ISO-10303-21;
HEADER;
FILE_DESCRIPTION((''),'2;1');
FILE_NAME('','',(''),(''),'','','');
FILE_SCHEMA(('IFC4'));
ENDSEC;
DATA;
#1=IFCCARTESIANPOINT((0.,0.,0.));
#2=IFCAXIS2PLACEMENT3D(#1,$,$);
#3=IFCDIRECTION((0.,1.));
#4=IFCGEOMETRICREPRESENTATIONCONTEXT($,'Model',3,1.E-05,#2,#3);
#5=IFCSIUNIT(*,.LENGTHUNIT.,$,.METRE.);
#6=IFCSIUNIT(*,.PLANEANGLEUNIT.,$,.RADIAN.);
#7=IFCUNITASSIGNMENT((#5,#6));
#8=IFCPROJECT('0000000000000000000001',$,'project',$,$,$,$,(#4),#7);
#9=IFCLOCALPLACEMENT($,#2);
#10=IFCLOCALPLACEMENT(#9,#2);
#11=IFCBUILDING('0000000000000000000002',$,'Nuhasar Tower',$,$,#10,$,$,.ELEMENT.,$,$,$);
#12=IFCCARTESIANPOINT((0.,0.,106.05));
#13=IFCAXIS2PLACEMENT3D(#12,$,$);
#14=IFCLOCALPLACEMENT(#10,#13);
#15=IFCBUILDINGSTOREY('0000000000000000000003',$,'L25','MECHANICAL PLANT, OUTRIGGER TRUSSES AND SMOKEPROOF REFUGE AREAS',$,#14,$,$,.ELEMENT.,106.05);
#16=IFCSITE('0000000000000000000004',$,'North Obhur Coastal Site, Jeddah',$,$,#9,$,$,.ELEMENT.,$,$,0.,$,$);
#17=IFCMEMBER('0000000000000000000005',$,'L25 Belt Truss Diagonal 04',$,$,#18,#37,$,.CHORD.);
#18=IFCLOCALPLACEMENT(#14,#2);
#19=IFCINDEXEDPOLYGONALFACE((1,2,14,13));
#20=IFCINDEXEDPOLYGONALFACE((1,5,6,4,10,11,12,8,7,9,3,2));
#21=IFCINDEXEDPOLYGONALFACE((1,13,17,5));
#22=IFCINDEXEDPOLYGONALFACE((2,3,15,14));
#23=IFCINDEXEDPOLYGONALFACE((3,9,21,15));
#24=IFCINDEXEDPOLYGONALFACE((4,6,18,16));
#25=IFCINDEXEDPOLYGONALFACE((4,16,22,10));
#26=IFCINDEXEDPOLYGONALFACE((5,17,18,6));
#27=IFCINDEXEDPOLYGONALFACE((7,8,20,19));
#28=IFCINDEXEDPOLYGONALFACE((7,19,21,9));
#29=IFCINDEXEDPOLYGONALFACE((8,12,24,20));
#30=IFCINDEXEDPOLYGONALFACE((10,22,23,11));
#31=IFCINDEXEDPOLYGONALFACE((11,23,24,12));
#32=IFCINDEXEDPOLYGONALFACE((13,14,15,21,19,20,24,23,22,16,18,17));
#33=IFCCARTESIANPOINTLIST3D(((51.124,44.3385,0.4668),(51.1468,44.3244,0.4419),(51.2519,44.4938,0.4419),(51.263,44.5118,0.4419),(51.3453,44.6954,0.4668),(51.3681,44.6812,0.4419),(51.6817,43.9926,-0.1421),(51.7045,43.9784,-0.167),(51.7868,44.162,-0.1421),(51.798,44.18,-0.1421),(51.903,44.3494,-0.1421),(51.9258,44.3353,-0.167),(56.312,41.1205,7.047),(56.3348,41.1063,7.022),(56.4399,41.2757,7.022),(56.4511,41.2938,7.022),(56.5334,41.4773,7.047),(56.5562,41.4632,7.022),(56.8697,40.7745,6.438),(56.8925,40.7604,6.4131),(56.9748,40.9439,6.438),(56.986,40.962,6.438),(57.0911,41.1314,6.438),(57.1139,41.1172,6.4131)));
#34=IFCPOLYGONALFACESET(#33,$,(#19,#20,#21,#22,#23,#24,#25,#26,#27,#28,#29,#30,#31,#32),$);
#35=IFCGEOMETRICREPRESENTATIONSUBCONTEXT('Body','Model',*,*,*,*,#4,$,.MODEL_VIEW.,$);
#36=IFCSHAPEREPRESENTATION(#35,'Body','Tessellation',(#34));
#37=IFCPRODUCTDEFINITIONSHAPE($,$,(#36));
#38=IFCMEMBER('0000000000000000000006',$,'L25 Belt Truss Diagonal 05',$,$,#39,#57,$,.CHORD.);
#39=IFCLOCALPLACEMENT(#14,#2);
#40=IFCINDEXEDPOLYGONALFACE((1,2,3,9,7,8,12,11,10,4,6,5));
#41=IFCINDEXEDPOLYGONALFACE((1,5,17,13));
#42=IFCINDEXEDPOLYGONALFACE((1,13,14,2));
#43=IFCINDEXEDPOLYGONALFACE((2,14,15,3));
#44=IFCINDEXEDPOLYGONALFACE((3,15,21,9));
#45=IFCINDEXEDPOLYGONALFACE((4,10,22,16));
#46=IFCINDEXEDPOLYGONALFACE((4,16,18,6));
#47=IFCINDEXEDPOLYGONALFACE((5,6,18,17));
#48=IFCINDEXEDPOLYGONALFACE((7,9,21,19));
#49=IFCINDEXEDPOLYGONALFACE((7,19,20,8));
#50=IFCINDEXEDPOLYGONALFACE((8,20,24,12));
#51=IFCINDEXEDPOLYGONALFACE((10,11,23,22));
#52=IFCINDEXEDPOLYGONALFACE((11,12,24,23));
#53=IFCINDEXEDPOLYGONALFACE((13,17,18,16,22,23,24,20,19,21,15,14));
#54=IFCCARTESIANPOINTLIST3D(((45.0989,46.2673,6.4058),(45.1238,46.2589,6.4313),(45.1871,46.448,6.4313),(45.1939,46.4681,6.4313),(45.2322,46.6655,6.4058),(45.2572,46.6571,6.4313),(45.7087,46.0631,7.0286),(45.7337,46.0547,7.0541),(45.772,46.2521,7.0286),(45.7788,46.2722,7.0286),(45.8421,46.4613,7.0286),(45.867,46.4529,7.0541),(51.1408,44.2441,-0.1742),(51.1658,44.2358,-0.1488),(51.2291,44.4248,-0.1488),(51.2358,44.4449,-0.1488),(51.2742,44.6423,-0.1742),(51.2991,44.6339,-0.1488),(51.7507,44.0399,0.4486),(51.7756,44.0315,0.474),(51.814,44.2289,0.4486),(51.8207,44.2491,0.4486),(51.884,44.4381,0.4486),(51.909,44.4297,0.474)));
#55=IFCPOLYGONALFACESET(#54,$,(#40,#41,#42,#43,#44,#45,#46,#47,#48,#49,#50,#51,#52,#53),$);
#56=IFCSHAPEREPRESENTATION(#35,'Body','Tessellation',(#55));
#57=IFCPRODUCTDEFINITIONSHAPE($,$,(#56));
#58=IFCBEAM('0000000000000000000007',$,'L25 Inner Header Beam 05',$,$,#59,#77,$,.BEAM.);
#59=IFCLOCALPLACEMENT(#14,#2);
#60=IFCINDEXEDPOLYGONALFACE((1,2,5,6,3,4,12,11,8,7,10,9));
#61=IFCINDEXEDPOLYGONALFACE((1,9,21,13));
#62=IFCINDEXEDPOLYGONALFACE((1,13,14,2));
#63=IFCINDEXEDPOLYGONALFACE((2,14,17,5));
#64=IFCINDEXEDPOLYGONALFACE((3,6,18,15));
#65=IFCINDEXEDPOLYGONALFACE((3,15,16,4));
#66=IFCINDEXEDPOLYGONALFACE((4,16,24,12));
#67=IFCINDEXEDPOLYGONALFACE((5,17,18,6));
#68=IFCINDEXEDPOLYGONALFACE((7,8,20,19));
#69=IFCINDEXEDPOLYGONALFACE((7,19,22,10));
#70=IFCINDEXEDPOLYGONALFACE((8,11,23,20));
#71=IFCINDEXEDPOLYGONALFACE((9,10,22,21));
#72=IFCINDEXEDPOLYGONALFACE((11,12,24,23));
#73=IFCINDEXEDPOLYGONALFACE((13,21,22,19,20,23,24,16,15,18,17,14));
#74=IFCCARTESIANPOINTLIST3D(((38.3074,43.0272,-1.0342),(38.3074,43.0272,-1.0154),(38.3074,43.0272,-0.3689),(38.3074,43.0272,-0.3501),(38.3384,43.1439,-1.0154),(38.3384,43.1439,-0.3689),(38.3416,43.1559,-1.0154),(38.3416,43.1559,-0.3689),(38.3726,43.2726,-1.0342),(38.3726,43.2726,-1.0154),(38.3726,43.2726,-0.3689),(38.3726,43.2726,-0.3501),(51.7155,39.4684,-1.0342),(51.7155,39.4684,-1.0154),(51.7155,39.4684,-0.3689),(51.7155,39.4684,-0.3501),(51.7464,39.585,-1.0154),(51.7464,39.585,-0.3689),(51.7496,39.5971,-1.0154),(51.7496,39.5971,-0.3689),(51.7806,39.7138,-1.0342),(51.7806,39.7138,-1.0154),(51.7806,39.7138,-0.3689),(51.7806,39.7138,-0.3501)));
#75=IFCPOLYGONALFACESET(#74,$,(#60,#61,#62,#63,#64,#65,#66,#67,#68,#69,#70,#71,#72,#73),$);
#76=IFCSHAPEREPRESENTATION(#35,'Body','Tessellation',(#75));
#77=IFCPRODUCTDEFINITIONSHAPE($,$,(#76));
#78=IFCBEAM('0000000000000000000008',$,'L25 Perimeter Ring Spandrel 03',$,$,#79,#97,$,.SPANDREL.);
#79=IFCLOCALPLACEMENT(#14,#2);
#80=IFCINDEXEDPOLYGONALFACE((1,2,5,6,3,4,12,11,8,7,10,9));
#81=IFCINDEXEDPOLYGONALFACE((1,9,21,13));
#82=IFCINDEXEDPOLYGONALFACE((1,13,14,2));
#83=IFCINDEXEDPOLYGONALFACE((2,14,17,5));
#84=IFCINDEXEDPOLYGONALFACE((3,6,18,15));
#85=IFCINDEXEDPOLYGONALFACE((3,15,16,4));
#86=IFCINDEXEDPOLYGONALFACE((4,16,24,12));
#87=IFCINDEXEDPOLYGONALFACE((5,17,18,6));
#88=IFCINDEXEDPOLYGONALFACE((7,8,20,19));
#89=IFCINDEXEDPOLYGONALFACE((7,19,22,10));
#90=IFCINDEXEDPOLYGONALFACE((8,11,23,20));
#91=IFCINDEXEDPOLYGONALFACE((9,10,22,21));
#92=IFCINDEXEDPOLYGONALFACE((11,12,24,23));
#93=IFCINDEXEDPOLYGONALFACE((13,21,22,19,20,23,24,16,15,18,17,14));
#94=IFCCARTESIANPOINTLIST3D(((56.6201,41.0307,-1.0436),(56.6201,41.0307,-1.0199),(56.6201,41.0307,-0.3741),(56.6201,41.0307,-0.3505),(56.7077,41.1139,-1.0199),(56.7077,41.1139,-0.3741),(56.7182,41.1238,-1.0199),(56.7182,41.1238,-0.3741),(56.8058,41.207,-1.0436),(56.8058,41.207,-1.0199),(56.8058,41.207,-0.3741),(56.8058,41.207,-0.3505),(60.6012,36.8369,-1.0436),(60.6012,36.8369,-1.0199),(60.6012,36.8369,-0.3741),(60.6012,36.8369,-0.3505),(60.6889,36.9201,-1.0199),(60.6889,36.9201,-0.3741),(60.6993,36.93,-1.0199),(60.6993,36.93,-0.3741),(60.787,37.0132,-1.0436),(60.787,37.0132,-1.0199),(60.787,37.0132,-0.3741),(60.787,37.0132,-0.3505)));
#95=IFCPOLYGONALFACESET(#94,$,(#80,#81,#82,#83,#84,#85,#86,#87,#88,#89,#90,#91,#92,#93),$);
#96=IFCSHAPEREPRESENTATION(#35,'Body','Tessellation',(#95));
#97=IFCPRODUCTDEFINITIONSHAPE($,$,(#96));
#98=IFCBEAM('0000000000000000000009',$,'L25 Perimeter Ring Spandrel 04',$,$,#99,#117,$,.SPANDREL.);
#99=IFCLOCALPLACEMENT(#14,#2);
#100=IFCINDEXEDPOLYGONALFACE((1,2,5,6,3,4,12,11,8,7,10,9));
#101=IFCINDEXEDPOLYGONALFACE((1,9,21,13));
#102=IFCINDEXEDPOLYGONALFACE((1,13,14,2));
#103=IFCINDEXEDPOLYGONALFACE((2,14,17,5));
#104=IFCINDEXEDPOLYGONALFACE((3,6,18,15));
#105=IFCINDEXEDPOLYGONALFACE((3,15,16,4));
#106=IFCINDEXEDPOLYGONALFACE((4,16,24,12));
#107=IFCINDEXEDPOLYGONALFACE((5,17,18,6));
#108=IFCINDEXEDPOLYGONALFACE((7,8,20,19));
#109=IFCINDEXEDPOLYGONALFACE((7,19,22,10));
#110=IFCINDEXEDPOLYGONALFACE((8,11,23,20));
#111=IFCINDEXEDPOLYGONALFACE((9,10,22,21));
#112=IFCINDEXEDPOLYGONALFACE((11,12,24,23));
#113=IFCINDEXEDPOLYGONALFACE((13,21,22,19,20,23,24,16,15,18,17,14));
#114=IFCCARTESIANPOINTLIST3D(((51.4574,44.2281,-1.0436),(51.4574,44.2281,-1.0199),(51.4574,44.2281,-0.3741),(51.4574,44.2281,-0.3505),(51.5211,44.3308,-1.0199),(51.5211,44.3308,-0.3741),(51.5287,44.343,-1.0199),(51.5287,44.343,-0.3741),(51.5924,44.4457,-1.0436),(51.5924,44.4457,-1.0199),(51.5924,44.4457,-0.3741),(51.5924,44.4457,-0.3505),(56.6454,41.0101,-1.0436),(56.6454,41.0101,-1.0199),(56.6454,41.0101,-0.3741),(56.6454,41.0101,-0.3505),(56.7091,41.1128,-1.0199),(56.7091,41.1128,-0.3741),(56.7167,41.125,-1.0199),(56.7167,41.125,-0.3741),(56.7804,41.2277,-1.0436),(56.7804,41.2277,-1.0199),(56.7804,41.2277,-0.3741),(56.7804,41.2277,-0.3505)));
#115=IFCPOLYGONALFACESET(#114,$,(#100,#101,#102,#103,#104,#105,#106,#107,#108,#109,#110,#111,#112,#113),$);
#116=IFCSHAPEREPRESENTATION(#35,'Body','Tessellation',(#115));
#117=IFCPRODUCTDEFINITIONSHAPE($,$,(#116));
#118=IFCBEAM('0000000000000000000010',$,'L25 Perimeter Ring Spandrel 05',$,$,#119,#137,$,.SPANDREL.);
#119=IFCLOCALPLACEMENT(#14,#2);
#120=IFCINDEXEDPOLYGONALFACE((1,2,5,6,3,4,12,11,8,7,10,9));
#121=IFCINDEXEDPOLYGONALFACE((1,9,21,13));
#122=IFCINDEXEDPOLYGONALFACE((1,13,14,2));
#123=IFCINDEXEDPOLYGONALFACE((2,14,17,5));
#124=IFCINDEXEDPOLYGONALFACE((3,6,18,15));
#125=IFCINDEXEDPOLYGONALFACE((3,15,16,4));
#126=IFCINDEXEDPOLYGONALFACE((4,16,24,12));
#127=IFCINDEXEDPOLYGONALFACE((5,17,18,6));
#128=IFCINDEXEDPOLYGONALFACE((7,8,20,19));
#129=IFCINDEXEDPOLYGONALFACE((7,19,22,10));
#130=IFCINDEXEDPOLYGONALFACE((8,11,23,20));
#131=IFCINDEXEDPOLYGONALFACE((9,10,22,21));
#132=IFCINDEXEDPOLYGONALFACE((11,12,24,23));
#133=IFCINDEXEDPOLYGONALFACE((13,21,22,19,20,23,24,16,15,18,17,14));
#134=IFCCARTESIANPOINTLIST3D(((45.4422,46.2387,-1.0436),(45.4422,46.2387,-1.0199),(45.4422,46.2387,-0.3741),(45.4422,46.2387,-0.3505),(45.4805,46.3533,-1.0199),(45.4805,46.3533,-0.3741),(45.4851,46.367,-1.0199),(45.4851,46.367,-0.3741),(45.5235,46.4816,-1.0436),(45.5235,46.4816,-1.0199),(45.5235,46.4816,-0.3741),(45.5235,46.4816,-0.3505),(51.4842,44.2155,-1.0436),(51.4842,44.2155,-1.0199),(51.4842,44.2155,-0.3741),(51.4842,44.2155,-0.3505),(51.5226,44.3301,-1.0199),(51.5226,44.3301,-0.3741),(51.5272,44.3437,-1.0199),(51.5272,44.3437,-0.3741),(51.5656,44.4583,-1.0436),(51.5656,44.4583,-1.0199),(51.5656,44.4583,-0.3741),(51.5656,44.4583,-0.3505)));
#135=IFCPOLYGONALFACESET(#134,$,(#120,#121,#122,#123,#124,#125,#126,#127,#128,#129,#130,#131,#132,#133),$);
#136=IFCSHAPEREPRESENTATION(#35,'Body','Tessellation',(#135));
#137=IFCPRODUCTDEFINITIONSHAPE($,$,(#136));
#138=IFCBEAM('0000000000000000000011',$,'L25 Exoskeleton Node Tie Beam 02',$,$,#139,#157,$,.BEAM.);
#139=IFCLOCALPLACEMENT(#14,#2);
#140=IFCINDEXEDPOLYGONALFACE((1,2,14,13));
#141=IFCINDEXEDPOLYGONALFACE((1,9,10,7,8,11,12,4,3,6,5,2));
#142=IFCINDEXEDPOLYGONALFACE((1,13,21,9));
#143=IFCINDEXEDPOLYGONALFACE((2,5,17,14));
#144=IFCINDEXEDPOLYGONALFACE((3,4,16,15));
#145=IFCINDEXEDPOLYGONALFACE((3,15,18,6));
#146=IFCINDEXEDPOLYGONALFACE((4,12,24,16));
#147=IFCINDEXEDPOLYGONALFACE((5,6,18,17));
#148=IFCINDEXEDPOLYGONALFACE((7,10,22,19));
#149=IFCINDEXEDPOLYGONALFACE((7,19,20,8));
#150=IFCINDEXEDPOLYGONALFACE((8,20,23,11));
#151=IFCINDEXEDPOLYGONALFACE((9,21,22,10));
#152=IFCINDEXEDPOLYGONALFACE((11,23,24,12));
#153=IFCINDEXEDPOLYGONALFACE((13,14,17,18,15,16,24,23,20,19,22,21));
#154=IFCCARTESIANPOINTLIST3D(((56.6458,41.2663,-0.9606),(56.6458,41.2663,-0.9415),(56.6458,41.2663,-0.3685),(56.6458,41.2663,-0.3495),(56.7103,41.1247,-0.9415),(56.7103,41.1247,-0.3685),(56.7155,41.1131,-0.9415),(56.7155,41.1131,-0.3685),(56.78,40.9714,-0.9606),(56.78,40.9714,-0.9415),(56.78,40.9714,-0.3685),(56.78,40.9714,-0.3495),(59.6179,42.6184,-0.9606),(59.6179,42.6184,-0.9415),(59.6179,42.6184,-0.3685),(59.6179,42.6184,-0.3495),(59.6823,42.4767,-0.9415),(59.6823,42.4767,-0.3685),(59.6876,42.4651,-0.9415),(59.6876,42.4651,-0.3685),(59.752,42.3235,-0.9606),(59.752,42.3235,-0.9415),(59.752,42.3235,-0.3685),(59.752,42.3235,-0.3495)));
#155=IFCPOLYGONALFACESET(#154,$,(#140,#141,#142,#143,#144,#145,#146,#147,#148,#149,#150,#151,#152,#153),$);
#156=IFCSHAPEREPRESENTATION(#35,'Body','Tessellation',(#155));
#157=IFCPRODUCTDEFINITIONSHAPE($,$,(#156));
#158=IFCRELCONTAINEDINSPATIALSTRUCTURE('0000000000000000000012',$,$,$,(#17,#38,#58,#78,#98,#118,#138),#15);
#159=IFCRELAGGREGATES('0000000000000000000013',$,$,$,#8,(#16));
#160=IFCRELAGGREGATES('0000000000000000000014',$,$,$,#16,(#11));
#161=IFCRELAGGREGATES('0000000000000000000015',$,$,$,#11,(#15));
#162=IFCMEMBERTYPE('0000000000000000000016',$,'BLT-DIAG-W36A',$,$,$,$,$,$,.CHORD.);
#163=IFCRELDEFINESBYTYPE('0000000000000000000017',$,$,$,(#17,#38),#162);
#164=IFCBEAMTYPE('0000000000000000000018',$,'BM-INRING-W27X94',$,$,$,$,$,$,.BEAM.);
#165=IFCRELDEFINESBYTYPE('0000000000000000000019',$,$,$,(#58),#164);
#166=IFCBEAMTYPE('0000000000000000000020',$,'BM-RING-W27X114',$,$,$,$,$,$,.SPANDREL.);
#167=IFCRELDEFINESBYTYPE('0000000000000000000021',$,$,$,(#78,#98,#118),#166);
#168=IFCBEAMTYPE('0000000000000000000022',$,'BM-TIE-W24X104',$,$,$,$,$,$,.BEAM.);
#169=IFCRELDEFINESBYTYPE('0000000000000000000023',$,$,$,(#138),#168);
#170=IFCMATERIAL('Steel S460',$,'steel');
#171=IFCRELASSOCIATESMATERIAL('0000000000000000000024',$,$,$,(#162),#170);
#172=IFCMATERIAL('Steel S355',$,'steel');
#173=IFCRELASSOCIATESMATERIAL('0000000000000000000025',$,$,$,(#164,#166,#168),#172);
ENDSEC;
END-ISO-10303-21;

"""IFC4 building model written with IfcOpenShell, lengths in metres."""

from ifc_helpers import new_model, si_unit, direction, frame, origin, origin_2d, place, context, subcontext, project, spatial, i_section, extrude, material, material_profile, profile_set, type_object, element, save


model = new_model("IFC4")

# Units and contexts
model_context = context("Model", 3, precision=1e-05, world=origin(), true_north=direction((0.0, 1.0)))
body_context = subcontext(model_context, "Body", "Model", "MODEL_VIEW")
ifc_project = project(units=[si_unit("LENGTHUNIT", "METRE"), si_unit("PLANEANGLEUNIT", "RADIAN")], contexts=[model_context])

# Site, building, storey
site_placement = place(None, origin())
site = spatial("IfcSite", under=ifc_project, at=site_placement, Name="North Obhur Coastal Site, Jeddah", CompositionType="ELEMENT", RefElevation=0.0)
building_placement = place(site_placement, origin())
building = spatial("IfcBuilding", under=site, at=building_placement, Name="Nuhasar Tower", CompositionType="ELEMENT")
storey_placement = place(building_placement, frame((0.0, 0.0, 106.05)))
storey = spatial("IfcBuildingStorey", under=building, at=storey_placement, Name="L25", Description="MECHANICAL PLANT, OUTRIGGER TRUSSES AND SMOKEPROOF REFUGE AREAS", CompositionType="ELEMENT", Elevation=106.05)

# Members
ifc_material_1 = material(Name="Steel S460", Category="steel")
ifc_material_profile_1 = material_profile(ifc_material_1, i_section(OverallWidth=0.4199, OverallDepth=0.9319, WebThickness=0.0212, FlangeThickness=0.0366, at=origin_2d()), Name="W36X262")
ifc_profile_set_1 = profile_set([ifc_material_profile_1], Name="Steel S460")
member_type_1 = type_object("IfcMemberType", Name="BLT-DIAG-W36A", PredefinedType="CHORD", material=ifc_profile_set_1)
member_1_placement = place(storey_placement, frame((51.5249, 44.3369, 0.1499), z_axis=(0.577985, -0.358514, 0.733076), x_axis=(0.527113, 0.849795, 0.0)))
element("IfcMember", 1, at=member_1_placement, inside=storey, type_object=member_type_1, Name="L25 Belt Truss Diagonal 04", PredefinedType="CHORD", context=body_context, shape_type="SweptSolid", body=[
    extrude(i_section(OverallWidth=0.4199, OverallDepth=0.9319, WebThickness=0.0212, FlangeThickness=0.0366, at=origin_2d()), origin(), (0.0, 0.0, 1.0), 8.9761),
])
member_2_placement = place(storey_placement, frame((51.5249, 44.3369, 0.1499), z_axis=(-0.659642, 0.220885, 0.718388), x_axis=(-0.317526, -0.948249, 0.0)))
element("IfcMember", 2, at=member_2_placement, inside=storey, type_object=member_type_1, Name="L25 Belt Truss Diagonal 05", PredefinedType="CHORD", context=body_context, shape_type="SweptSolid", body=[
    extrude(i_section(OverallWidth=0.4199, OverallDepth=0.9319, WebThickness=0.0212, FlangeThickness=0.0366, at=origin_2d()), origin(), (0.0, 0.0, 1.0), 9.1594),
])

# Beams
ifc_material_2 = material(Name="Steel S355", Category="steel")
ifc_material_profile_2 = material_profile(ifc_material_2, i_section(OverallWidth=0.2539, OverallDepth=0.6841, WebThickness=0.0125, FlangeThickness=0.0188, at=origin_2d()), Name="W27X94")
ifc_profile_set_2 = profile_set([ifc_material_profile_2], Name="Steel S355")
beam_type_1 = type_object("IfcBeamType", Name="BM-INRING-W27X94", PredefinedType="BEAM", material=ifc_profile_set_2)
beam_1_placement = place(storey_placement, frame((51.748, 39.5911, -0.6921), z_axis=(-0.966533, 0.256544, 0.0), x_axis=(-0.256544, -0.966533, 0.0)))
element("IfcBeam", 3, at=beam_1_placement, inside=storey, type_object=beam_type_1, Name="L25 Inner Header Beam 05", PredefinedType="BEAM", context=body_context, shape_type="SweptSolid", body=[
    extrude(i_section(OverallWidth=0.2539, OverallDepth=0.6841, WebThickness=0.0125, FlangeThickness=0.0188, at=origin_2d()), origin(), (0.0, 0.0, 1.0), 13.8723),
])
ifc_material_profile_3 = material_profile(ifc_material_2, i_section(OverallWidth=0.2561, OverallDepth=0.6931, WebThickness=0.0144, FlangeThickness=0.0237, at=origin_2d()), Name="W27X114")
ifc_profile_set_3 = profile_set([ifc_material_profile_3], Name="Steel S355")
beam_type_2 = type_object("IfcBeamType", Name="BM-RING-W27X114", PredefinedType="SPANDREL", material=ifc_profile_set_3)
beam_2_placement = place(storey_placement, frame((60.6941, 36.925, -0.697), z_axis=(-0.688481, 0.725254, 0.0), x_axis=(-0.725254, -0.688481, 0.0)))
element("IfcBeam", 4, at=beam_2_placement, inside=storey, type_object=beam_type_2, Name="L25 Perimeter Ring Spandrel 03", PredefinedType="SPANDREL", context=body_context, shape_type="SweptSolid", body=[
    extrude(i_section(OverallWidth=0.2561, OverallDepth=0.6931, WebThickness=0.0144, FlangeThickness=0.0237, at=origin_2d()), origin(), (0.0, 0.0, 1.0), 5.7825),
])
beam_3_placement = place(storey_placement, frame((56.7129, 41.1189, -0.697), z_axis=(-0.849795, 0.527113, 0.0), x_axis=(-0.527113, -0.849795, 0.0)))
element("IfcBeam", 5, at=beam_3_placement, inside=storey, type_object=beam_type_2, Name="L25 Perimeter Ring Spandrel 04", PredefinedType="SPANDREL", context=body_context, shape_type="SweptSolid", body=[
    extrude(i_section(OverallWidth=0.2561, OverallDepth=0.6931, WebThickness=0.0144, FlangeThickness=0.0237, at=origin_2d()), origin(), (0.0, 0.0, 1.0), 6.105),
])
beam_4_placement = place(storey_placement, frame((51.5249, 44.3369, -0.697), z_axis=(-0.948249, 0.317526, 0.0), x_axis=(-0.317526, -0.948249, 0.0)))
element("IfcBeam", 6, at=beam_4_placement, inside=storey, type_object=beam_type_2, Name="L25 Perimeter Ring Spandrel 05", PredefinedType="SPANDREL", context=body_context, shape_type="SweptSolid", body=[
    extrude(i_section(OverallWidth=0.2561, OverallDepth=0.6931, WebThickness=0.0144, FlangeThickness=0.0237, at=origin_2d()), origin(), (0.0, 0.0, 1.0), 6.3718),
])
ifc_material_profile_4 = material_profile(ifc_material_2, i_section(OverallWidth=0.324, OverallDepth=0.6111, WebThickness=0.0127, FlangeThickness=0.019, at=origin_2d()), Name="W24X104")
ifc_profile_set_4 = profile_set([ifc_material_profile_4], Name="Steel S355")
beam_type_3 = type_object("IfcBeamType", Name="BM-TIE-W24X104", PredefinedType="BEAM", material=ifc_profile_set_4)
beam_5_placement = place(storey_placement, frame((56.7129, 41.1189, -0.655), z_axis=(0.910244, 0.414073, 0.0), x_axis=(-0.414073, 0.910244, 0.0)))
element("IfcBeam", 7, at=beam_5_placement, inside=storey, type_object=beam_type_3, Name="L25 Exoskeleton Node Tie Beam 02", PredefinedType="BEAM", context=body_context, shape_type="SweptSolid", body=[
    extrude(i_section(OverallWidth=0.324, OverallDepth=0.6111, WebThickness=0.0127, FlangeThickness=0.019, at=origin_2d()), origin(), (0.0, 0.0, 1.0), 3.2651),
])

save(model, "model.ifc")
